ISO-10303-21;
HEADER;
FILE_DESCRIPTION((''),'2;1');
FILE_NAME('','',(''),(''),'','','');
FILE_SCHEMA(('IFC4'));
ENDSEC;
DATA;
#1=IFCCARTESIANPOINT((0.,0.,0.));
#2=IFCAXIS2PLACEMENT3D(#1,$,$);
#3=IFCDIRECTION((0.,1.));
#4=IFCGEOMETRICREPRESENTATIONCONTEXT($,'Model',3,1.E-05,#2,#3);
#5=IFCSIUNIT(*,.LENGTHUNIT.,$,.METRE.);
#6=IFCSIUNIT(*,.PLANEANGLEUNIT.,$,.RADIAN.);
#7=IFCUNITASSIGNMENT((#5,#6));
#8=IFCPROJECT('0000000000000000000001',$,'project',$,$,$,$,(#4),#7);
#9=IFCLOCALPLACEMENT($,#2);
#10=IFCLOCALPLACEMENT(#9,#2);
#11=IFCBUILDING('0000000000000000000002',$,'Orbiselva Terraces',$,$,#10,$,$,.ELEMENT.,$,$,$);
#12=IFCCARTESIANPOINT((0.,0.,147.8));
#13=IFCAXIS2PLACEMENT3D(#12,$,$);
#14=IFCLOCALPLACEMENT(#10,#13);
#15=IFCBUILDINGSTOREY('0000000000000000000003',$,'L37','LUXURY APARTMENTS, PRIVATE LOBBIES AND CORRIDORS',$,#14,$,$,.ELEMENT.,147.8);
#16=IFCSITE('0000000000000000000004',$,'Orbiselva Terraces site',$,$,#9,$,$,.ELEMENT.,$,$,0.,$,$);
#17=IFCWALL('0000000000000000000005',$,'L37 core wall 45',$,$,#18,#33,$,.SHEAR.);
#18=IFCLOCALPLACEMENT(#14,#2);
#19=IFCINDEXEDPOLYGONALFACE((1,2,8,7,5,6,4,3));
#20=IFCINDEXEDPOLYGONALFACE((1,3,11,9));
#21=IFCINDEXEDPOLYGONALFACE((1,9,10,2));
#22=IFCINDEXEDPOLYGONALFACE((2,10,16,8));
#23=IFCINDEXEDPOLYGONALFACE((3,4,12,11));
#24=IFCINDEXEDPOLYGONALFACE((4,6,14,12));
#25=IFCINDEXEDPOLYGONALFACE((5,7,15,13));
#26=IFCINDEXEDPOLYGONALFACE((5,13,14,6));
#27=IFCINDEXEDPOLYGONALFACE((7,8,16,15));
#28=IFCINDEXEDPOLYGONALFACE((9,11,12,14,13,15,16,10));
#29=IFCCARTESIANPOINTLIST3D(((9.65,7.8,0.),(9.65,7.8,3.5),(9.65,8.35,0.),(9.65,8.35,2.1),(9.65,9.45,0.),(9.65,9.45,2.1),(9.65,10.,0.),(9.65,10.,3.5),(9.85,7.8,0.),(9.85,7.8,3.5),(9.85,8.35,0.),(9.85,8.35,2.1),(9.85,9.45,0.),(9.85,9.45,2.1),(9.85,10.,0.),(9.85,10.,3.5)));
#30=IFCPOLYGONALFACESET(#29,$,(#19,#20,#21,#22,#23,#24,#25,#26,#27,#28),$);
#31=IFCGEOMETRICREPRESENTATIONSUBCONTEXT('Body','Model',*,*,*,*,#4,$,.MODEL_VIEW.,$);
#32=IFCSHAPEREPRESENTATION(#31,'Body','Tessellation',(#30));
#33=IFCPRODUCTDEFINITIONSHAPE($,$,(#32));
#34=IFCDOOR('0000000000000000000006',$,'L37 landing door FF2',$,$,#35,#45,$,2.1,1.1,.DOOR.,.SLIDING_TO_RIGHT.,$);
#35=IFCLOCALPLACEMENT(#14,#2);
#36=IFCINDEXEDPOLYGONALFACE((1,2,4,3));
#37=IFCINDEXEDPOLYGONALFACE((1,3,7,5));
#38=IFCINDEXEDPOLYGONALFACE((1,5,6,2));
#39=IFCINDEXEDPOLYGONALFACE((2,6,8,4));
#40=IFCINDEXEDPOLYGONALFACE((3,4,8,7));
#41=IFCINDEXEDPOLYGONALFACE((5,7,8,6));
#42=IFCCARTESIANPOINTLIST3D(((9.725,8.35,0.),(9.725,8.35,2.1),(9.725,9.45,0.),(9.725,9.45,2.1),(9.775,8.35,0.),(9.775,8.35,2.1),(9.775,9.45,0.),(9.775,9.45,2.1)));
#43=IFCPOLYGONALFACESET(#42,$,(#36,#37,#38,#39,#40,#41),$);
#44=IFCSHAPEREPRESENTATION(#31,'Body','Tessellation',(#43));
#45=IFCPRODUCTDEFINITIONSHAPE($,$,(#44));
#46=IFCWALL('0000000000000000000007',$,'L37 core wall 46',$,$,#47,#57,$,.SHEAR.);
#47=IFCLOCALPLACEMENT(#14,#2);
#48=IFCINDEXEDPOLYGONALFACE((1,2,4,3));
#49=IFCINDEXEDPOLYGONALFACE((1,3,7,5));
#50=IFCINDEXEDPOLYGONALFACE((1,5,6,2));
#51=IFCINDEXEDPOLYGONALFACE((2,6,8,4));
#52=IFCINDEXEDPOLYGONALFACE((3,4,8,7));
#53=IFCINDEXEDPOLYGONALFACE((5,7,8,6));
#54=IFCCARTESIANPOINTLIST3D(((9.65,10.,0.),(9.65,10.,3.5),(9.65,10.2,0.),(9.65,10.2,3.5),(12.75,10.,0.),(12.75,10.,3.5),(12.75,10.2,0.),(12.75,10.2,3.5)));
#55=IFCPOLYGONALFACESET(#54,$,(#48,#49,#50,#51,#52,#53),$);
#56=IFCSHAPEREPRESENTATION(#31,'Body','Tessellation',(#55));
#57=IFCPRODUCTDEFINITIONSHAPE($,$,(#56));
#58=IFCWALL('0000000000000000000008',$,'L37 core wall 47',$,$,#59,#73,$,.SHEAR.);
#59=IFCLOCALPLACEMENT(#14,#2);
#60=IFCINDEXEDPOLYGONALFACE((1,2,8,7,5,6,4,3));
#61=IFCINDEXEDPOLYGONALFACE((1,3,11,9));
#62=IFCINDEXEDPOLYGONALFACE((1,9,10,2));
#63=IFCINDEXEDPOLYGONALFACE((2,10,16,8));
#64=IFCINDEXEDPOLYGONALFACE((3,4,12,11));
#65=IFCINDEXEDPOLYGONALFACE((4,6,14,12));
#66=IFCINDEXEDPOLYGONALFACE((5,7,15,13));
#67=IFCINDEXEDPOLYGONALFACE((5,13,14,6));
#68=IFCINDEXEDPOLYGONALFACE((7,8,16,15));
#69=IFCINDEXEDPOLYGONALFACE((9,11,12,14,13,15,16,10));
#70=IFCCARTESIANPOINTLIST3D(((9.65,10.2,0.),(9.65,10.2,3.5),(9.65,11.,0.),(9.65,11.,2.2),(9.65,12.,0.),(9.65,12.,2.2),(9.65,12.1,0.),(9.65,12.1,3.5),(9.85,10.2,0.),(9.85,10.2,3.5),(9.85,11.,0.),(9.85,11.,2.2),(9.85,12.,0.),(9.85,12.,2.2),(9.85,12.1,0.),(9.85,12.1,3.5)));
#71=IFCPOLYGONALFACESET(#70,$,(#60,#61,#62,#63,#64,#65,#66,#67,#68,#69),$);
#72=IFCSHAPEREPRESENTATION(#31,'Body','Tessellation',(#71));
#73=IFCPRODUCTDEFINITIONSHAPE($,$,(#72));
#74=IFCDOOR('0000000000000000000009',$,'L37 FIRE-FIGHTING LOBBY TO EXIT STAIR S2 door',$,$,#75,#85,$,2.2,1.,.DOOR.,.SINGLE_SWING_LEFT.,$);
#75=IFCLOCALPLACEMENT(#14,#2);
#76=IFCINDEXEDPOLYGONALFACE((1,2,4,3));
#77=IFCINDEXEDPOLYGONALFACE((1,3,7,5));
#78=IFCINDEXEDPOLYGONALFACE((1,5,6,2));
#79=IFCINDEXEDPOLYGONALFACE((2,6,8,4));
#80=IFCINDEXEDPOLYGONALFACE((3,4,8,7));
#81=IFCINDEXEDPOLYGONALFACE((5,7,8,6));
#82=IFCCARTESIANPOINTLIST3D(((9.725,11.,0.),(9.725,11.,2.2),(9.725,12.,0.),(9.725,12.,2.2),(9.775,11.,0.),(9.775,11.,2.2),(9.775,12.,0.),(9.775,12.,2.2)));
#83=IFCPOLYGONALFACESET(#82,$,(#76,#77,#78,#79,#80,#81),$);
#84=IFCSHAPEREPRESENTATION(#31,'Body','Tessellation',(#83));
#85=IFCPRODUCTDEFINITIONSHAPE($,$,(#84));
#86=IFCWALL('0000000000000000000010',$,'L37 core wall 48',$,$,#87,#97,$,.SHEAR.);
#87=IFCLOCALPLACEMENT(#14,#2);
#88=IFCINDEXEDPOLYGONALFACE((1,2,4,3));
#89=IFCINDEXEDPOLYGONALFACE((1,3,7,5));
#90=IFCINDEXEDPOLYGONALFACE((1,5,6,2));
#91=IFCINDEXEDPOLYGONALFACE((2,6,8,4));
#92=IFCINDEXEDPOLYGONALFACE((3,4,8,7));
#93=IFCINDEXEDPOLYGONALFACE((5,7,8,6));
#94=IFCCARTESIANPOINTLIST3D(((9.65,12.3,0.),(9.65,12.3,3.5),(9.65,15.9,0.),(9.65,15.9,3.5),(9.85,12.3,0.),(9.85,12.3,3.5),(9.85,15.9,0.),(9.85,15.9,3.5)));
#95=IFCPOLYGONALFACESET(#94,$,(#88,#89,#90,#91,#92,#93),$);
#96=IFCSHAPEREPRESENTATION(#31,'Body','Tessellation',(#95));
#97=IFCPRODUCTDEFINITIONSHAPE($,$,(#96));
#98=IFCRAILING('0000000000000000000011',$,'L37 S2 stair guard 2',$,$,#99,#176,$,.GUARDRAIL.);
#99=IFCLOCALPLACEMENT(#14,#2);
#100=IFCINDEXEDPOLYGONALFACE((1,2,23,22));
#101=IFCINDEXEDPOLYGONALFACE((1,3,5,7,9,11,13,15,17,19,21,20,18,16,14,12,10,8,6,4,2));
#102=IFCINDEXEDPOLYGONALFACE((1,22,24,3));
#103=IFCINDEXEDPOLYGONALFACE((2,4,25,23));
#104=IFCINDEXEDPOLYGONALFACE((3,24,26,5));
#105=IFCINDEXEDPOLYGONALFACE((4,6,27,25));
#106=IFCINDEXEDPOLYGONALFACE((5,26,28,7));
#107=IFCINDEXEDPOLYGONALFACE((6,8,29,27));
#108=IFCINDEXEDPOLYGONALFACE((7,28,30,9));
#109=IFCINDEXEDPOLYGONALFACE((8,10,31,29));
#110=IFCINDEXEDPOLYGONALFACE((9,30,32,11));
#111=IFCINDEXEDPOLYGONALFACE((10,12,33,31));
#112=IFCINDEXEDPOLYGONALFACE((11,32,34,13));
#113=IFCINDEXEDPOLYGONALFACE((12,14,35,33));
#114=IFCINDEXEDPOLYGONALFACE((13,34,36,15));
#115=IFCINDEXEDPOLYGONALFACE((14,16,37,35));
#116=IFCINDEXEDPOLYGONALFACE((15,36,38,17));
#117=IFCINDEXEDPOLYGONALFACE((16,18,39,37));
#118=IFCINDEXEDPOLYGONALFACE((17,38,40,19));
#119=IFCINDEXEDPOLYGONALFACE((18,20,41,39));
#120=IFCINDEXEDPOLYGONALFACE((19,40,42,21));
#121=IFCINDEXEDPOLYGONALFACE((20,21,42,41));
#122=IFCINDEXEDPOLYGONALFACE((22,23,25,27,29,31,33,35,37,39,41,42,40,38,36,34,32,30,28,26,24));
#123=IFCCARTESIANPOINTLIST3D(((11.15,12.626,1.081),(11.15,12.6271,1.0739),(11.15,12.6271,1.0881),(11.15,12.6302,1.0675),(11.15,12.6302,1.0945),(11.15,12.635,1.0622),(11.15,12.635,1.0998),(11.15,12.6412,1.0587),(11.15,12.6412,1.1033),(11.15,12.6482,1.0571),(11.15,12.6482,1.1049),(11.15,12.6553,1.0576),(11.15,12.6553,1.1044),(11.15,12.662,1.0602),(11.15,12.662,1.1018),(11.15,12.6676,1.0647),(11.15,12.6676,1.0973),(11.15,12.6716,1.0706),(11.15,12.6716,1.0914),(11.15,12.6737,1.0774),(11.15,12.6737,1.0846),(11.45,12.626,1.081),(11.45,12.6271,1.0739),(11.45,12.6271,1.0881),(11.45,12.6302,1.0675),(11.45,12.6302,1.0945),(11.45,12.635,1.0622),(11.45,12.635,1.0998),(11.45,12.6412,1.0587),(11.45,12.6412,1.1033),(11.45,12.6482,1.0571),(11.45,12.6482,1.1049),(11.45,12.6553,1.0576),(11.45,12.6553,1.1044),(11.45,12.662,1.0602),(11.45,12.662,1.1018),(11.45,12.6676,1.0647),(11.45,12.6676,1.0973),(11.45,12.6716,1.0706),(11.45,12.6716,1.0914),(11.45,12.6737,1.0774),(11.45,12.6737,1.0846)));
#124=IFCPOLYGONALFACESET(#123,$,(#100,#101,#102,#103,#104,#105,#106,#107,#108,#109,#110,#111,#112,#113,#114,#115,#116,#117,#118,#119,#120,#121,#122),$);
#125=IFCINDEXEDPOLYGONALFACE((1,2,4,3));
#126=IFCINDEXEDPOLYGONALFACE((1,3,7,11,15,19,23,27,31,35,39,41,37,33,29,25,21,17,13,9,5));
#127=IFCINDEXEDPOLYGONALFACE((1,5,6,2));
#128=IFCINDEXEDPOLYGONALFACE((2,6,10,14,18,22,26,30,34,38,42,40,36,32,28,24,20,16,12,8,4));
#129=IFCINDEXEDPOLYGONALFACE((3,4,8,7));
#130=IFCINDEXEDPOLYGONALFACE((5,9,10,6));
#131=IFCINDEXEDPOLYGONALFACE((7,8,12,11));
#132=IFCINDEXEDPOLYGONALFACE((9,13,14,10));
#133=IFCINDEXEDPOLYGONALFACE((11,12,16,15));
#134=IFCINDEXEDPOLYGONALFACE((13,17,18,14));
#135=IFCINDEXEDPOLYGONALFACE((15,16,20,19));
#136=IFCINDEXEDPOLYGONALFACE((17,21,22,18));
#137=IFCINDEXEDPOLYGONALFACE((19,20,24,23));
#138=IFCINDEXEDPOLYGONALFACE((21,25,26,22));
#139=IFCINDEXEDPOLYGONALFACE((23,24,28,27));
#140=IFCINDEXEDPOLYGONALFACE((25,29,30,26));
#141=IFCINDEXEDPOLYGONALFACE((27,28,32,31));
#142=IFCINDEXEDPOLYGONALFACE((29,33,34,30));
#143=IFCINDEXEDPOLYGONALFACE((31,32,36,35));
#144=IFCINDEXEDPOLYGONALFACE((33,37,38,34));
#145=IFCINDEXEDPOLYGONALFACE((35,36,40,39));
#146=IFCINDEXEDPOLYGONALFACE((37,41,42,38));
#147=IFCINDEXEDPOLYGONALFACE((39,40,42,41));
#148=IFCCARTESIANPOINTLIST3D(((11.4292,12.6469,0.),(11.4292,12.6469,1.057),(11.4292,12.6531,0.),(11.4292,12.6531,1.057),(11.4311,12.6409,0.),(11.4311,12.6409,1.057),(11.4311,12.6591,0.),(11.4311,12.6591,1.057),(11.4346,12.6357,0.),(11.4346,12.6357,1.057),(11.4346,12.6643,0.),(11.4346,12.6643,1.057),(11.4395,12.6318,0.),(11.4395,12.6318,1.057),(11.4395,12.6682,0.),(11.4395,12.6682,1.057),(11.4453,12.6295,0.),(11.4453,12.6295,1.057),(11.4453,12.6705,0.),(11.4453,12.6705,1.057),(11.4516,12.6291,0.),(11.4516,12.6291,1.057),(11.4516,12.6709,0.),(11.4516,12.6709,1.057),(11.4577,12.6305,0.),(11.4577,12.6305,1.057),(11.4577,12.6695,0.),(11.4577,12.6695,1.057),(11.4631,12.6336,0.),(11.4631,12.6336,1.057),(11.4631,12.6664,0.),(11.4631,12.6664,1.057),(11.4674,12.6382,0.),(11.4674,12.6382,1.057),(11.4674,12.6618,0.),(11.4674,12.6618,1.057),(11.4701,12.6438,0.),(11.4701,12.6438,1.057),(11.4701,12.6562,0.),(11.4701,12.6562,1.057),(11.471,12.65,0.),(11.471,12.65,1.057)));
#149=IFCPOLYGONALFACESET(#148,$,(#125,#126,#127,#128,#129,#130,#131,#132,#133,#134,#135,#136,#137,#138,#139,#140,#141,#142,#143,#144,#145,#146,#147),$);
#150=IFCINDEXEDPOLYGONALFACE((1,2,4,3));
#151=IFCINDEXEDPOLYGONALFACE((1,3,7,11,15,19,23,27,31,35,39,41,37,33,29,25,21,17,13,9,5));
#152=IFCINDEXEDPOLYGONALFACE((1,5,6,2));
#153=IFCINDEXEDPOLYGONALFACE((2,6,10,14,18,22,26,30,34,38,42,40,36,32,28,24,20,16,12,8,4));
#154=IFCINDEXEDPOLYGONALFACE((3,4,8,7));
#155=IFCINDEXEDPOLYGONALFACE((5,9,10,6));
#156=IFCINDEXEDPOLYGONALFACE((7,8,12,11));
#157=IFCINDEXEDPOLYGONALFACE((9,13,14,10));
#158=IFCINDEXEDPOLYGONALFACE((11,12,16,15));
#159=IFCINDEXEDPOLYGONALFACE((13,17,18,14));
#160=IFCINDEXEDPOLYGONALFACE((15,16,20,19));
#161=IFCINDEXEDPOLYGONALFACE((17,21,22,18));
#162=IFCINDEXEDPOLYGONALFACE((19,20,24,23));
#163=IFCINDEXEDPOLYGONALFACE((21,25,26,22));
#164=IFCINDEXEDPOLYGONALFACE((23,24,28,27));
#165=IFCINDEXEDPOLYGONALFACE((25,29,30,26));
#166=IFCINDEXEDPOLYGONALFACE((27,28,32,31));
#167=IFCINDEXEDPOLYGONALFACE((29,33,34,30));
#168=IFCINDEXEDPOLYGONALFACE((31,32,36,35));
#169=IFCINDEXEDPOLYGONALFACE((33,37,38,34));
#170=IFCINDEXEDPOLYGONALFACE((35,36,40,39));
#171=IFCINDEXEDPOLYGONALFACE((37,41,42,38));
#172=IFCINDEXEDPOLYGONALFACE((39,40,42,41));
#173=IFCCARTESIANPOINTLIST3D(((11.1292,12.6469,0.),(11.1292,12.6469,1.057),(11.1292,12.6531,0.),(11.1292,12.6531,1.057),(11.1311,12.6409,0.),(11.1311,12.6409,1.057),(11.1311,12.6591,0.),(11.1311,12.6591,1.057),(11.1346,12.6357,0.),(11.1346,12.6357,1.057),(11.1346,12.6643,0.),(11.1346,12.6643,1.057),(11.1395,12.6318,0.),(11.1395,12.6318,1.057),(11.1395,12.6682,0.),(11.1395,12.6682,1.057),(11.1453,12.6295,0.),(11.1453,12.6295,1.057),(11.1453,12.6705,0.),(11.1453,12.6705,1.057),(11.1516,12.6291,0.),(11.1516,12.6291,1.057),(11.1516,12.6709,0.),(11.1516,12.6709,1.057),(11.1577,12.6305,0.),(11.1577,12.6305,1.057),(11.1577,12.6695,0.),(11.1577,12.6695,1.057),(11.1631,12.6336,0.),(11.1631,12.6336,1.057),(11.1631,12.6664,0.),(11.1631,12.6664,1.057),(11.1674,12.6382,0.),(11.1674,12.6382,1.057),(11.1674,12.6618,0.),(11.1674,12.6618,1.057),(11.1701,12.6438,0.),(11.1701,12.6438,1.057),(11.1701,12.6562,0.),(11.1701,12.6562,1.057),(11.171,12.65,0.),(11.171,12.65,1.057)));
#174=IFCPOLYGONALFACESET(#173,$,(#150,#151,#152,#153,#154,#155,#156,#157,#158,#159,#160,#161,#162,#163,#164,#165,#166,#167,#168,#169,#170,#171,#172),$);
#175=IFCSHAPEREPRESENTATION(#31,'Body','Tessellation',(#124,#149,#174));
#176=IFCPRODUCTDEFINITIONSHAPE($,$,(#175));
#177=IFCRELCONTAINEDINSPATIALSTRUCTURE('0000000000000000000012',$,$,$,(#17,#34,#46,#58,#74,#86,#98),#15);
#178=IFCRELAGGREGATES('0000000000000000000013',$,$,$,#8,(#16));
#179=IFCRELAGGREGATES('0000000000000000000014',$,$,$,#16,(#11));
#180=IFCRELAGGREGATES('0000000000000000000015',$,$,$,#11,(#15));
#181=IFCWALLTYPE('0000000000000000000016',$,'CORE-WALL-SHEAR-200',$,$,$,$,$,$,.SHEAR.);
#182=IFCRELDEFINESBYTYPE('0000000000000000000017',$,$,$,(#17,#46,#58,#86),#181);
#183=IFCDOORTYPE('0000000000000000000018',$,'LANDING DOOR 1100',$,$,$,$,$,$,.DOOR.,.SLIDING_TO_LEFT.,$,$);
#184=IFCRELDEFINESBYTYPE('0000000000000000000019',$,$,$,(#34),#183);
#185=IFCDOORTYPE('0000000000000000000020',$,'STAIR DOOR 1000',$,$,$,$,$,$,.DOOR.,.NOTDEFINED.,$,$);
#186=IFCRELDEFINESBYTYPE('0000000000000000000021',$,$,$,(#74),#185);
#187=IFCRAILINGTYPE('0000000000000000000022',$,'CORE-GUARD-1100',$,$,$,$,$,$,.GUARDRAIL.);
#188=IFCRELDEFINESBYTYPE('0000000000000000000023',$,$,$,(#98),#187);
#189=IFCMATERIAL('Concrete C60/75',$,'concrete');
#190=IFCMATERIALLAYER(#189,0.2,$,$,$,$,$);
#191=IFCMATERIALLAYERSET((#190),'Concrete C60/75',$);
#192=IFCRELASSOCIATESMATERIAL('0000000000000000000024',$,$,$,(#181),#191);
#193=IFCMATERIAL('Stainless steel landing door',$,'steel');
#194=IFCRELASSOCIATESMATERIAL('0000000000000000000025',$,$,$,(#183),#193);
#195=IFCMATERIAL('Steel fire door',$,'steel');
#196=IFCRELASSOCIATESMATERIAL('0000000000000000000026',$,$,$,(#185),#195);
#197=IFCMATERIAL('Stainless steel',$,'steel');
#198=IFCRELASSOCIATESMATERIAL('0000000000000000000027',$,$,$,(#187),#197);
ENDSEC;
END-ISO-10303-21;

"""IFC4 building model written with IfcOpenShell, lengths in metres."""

from ifc_helpers import new_model, si_unit, direction, frame, frame_2d, origin, origin_2d, place, context, subcontext, project, spatial, rectangle, circle, extrude, material, layer, layer_set, type_object, element, fill, save


model = new_model("IFC4")

# Units and contexts
model_context = context("Model", 3, precision=1e-05, world=origin(), true_north=direction((0.0, 1.0)))
body_context = subcontext(model_context, "Body", "Model", "MODEL_VIEW")
ifc_project = project(units=[si_unit("LENGTHUNIT", "METRE"), si_unit("PLANEANGLEUNIT", "RADIAN")], contexts=[model_context])

# Site, building, storey
site_placement = place(None, origin())
site = spatial("IfcSite", under=ifc_project, at=site_placement, Name="Orbiselva Terraces site", CompositionType="ELEMENT", RefElevation=0.0)
building_placement = place(site_placement, origin())
building = spatial("IfcBuilding", under=site, at=building_placement, Name="Orbiselva Terraces", CompositionType="ELEMENT")
storey_placement = place(building_placement, frame((0.0, 0.0, 147.8)))
storey = spatial("IfcBuildingStorey", under=building, at=storey_placement, Name="L37", Description="LUXURY APARTMENTS, PRIVATE LOBBIES AND CORRIDORS", CompositionType="ELEMENT", Elevation=147.8)

# Shared definitions
ifc_material_1 = material(Name="Steel fire door", Category="steel")

# Shared definitions
ifc_material_2 = material(Name="Concrete C60/75", Category="concrete")
ifc_layer_1 = layer(ifc_material_2, 0.2)
ifc_layer_set_1 = layer_set([ifc_layer_1], Name="Concrete C60/75")
wall_type_1 = type_object("IfcWallType", Name="CORE-WALL-SHEAR-200", PredefinedType="SHEAR", material=ifc_layer_set_1)

# Shared definitions
ifc_material_3 = material(Name="Stainless steel landing door", Category="steel")
door_type_1 = type_object("IfcDoorType", Name="LANDING DOOR 1100", OperationType="SLIDING_TO_LEFT", PredefinedType="DOOR", material=ifc_material_3)

# Wall, opening, door
wall_1_placement = place(storey_placement, frame((9.75, 7.8, 0.0), z_axis=(0.0, 0.0, 1.0), x_axis=(0.0, 1.0, 0.0)))
wall_1 = element("IfcWall", 1, at=wall_1_placement, inside=storey, type_object=wall_type_1, Name="L37 core wall 45", PredefinedType="SHEAR", context=body_context, shape_type="SweptSolid", body=[
    extrude(rectangle(XDim=2.2, YDim=0.2, at=frame_2d((1.1, 0.0))), origin(), (0.0, 0.0, 1.0), 3.5),
])
opening_1_placement = place(wall_1_placement, frame((0.55, 0.0, 0.0)))
opening_1 = element("IfcOpeningElement", 2, at=opening_1_placement, cuts=wall_1, PredefinedType="OPENING", context=body_context, shape_type="SweptSolid", body=[
    extrude(rectangle(XDim=1.1, YDim=2.1, at=frame_2d((0.55, 1.05))), frame((0.0, 0.11, 0.0), z_axis=(0.0, -1.0, 0.0), x_axis=(1.0, 0.0, 0.0)), (0.0, 0.0, 1.0), 0.22),
])
door_1_placement = place(opening_1_placement, origin())
door_1 = element("IfcDoor", 3, at=door_1_placement, inside=storey, type_object=door_type_1, Name="L37 landing door FF2", OperationType="SLIDING_TO_RIGHT", OverallHeight=2.1, OverallWidth=1.1, PredefinedType="DOOR", context=body_context, shape_type="SweptSolid", body=[
    extrude(rectangle(XDim=1.1, YDim=2.1, at=frame_2d((0.55, 1.05))), frame((0.0, 0.025, 0.0), z_axis=(0.0, -1.0, 0.0), x_axis=(1.0, 0.0, 0.0)), (0.0, 0.0, 1.0), 0.05),
])
fill(opening_1, door_1)

# Wall
wall_2_placement = place(storey_placement, frame((9.65, 10.1, 0.0), z_axis=(0.0, 0.0, 1.0), x_axis=(1.0, 0.0, 0.0)))
element("IfcWall", 4, at=wall_2_placement, inside=storey, type_object=wall_type_1, Name="L37 core wall 46", PredefinedType="SHEAR", context=body_context, shape_type="SweptSolid", body=[
    extrude(rectangle(XDim=3.1, YDim=0.2, at=frame_2d((1.55, 0.0))), origin(), (0.0, 0.0, 1.0), 3.5),
])

# Wall, opening, door
wall_3_placement = place(storey_placement, frame((9.75, 12.1, 0.0), z_axis=(0.0, 0.0, 1.0), x_axis=(0.0, -1.0, 0.0)))
wall_3 = element("IfcWall", 5, at=wall_3_placement, inside=storey, type_object=wall_type_1, Name="L37 core wall 47", PredefinedType="SHEAR", context=body_context, shape_type="SweptSolid", body=[
    extrude(rectangle(XDim=1.9, YDim=0.2, at=frame_2d((0.95, 0.0))), origin(), (0.0, 0.0, 1.0), 3.5),
])
opening_2_placement = place(wall_3_placement, frame((0.1, 0.0, 0.0)))
opening_2 = element("IfcOpeningElement", 6, at=opening_2_placement, cuts=wall_3, PredefinedType="OPENING", context=body_context, shape_type="SweptSolid", body=[
    extrude(rectangle(XDim=1.0, YDim=2.2, at=frame_2d((0.5, 1.1))), frame((0.0, 0.11, 0.0), z_axis=(0.0, -1.0, 0.0), x_axis=(1.0, 0.0, 0.0)), (0.0, 0.0, 1.0), 0.22),
])
door_type_2 = type_object("IfcDoorType", Name="STAIR DOOR 1000", OperationType="NOTDEFINED", PredefinedType="DOOR", material=ifc_material_1)
door_2_placement = place(opening_2_placement, origin())
door_2 = element("IfcDoor", 7, at=door_2_placement, inside=storey, type_object=door_type_2, Name="L37 FIRE-FIGHTING LOBBY TO EXIT STAIR S2 door", OperationType="SINGLE_SWING_LEFT", OverallHeight=2.2, OverallWidth=1.0, PredefinedType="DOOR", context=body_context, shape_type="SweptSolid", body=[
    extrude(rectangle(XDim=1.0, YDim=2.2, at=frame_2d((0.5, 1.1))), frame((0.0, 0.025, 0.0), z_axis=(0.0, -1.0, 0.0), x_axis=(1.0, 0.0, 0.0)), (0.0, 0.0, 1.0), 0.05),
])
fill(opening_2, door_2)

# Wall
wall_4_placement = place(storey_placement, frame((9.75, 12.3, 0.0), z_axis=(0.0, 0.0, 1.0), x_axis=(0.0, 1.0, 0.0)))
element("IfcWall", 8, at=wall_4_placement, inside=storey, type_object=wall_type_1, Name="L37 core wall 48", PredefinedType="SHEAR", context=body_context, shape_type="SweptSolid", body=[
    extrude(rectangle(XDim=3.6, YDim=0.2, at=frame_2d((1.8, 0.0))), origin(), (0.0, 0.0, 1.0), 3.5),
])

# Railing
ifc_material_4 = material(Name="Stainless steel", Category="steel")
railing_type = type_object("IfcRailingType", Name="CORE-GUARD-1100", PredefinedType="GUARDRAIL", material=ifc_material_4)
railing_1_placement = place(storey_placement, frame((11.45, 12.65, 0.0)))
element("IfcRailing", 9, at=railing_1_placement, inside=storey, type_object=railing_type, Name="L37 S2 stair guard 2", PredefinedType="GUARDRAIL", context=body_context, shape_type="SweptSolid", body=[
    extrude(circle(Radius=0.024, at=origin_2d()), frame((0.0, 0.0, 1.081), z_axis=(-1.0, 0.0, 0.0), x_axis=(0.0, -1.0, 0.0)), (0.0, 0.0, 1.0), 0.3),
    extrude(circle(Radius=0.021, at=origin_2d()), origin(), (0.0, 0.0, 1.0), 1.057),
    extrude(circle(Radius=0.021, at=origin_2d()), frame((-0.3, 0.0, 0.0)), (0.0, 0.0, 1.0), 1.057),
])

save(model, "model.ifc")
